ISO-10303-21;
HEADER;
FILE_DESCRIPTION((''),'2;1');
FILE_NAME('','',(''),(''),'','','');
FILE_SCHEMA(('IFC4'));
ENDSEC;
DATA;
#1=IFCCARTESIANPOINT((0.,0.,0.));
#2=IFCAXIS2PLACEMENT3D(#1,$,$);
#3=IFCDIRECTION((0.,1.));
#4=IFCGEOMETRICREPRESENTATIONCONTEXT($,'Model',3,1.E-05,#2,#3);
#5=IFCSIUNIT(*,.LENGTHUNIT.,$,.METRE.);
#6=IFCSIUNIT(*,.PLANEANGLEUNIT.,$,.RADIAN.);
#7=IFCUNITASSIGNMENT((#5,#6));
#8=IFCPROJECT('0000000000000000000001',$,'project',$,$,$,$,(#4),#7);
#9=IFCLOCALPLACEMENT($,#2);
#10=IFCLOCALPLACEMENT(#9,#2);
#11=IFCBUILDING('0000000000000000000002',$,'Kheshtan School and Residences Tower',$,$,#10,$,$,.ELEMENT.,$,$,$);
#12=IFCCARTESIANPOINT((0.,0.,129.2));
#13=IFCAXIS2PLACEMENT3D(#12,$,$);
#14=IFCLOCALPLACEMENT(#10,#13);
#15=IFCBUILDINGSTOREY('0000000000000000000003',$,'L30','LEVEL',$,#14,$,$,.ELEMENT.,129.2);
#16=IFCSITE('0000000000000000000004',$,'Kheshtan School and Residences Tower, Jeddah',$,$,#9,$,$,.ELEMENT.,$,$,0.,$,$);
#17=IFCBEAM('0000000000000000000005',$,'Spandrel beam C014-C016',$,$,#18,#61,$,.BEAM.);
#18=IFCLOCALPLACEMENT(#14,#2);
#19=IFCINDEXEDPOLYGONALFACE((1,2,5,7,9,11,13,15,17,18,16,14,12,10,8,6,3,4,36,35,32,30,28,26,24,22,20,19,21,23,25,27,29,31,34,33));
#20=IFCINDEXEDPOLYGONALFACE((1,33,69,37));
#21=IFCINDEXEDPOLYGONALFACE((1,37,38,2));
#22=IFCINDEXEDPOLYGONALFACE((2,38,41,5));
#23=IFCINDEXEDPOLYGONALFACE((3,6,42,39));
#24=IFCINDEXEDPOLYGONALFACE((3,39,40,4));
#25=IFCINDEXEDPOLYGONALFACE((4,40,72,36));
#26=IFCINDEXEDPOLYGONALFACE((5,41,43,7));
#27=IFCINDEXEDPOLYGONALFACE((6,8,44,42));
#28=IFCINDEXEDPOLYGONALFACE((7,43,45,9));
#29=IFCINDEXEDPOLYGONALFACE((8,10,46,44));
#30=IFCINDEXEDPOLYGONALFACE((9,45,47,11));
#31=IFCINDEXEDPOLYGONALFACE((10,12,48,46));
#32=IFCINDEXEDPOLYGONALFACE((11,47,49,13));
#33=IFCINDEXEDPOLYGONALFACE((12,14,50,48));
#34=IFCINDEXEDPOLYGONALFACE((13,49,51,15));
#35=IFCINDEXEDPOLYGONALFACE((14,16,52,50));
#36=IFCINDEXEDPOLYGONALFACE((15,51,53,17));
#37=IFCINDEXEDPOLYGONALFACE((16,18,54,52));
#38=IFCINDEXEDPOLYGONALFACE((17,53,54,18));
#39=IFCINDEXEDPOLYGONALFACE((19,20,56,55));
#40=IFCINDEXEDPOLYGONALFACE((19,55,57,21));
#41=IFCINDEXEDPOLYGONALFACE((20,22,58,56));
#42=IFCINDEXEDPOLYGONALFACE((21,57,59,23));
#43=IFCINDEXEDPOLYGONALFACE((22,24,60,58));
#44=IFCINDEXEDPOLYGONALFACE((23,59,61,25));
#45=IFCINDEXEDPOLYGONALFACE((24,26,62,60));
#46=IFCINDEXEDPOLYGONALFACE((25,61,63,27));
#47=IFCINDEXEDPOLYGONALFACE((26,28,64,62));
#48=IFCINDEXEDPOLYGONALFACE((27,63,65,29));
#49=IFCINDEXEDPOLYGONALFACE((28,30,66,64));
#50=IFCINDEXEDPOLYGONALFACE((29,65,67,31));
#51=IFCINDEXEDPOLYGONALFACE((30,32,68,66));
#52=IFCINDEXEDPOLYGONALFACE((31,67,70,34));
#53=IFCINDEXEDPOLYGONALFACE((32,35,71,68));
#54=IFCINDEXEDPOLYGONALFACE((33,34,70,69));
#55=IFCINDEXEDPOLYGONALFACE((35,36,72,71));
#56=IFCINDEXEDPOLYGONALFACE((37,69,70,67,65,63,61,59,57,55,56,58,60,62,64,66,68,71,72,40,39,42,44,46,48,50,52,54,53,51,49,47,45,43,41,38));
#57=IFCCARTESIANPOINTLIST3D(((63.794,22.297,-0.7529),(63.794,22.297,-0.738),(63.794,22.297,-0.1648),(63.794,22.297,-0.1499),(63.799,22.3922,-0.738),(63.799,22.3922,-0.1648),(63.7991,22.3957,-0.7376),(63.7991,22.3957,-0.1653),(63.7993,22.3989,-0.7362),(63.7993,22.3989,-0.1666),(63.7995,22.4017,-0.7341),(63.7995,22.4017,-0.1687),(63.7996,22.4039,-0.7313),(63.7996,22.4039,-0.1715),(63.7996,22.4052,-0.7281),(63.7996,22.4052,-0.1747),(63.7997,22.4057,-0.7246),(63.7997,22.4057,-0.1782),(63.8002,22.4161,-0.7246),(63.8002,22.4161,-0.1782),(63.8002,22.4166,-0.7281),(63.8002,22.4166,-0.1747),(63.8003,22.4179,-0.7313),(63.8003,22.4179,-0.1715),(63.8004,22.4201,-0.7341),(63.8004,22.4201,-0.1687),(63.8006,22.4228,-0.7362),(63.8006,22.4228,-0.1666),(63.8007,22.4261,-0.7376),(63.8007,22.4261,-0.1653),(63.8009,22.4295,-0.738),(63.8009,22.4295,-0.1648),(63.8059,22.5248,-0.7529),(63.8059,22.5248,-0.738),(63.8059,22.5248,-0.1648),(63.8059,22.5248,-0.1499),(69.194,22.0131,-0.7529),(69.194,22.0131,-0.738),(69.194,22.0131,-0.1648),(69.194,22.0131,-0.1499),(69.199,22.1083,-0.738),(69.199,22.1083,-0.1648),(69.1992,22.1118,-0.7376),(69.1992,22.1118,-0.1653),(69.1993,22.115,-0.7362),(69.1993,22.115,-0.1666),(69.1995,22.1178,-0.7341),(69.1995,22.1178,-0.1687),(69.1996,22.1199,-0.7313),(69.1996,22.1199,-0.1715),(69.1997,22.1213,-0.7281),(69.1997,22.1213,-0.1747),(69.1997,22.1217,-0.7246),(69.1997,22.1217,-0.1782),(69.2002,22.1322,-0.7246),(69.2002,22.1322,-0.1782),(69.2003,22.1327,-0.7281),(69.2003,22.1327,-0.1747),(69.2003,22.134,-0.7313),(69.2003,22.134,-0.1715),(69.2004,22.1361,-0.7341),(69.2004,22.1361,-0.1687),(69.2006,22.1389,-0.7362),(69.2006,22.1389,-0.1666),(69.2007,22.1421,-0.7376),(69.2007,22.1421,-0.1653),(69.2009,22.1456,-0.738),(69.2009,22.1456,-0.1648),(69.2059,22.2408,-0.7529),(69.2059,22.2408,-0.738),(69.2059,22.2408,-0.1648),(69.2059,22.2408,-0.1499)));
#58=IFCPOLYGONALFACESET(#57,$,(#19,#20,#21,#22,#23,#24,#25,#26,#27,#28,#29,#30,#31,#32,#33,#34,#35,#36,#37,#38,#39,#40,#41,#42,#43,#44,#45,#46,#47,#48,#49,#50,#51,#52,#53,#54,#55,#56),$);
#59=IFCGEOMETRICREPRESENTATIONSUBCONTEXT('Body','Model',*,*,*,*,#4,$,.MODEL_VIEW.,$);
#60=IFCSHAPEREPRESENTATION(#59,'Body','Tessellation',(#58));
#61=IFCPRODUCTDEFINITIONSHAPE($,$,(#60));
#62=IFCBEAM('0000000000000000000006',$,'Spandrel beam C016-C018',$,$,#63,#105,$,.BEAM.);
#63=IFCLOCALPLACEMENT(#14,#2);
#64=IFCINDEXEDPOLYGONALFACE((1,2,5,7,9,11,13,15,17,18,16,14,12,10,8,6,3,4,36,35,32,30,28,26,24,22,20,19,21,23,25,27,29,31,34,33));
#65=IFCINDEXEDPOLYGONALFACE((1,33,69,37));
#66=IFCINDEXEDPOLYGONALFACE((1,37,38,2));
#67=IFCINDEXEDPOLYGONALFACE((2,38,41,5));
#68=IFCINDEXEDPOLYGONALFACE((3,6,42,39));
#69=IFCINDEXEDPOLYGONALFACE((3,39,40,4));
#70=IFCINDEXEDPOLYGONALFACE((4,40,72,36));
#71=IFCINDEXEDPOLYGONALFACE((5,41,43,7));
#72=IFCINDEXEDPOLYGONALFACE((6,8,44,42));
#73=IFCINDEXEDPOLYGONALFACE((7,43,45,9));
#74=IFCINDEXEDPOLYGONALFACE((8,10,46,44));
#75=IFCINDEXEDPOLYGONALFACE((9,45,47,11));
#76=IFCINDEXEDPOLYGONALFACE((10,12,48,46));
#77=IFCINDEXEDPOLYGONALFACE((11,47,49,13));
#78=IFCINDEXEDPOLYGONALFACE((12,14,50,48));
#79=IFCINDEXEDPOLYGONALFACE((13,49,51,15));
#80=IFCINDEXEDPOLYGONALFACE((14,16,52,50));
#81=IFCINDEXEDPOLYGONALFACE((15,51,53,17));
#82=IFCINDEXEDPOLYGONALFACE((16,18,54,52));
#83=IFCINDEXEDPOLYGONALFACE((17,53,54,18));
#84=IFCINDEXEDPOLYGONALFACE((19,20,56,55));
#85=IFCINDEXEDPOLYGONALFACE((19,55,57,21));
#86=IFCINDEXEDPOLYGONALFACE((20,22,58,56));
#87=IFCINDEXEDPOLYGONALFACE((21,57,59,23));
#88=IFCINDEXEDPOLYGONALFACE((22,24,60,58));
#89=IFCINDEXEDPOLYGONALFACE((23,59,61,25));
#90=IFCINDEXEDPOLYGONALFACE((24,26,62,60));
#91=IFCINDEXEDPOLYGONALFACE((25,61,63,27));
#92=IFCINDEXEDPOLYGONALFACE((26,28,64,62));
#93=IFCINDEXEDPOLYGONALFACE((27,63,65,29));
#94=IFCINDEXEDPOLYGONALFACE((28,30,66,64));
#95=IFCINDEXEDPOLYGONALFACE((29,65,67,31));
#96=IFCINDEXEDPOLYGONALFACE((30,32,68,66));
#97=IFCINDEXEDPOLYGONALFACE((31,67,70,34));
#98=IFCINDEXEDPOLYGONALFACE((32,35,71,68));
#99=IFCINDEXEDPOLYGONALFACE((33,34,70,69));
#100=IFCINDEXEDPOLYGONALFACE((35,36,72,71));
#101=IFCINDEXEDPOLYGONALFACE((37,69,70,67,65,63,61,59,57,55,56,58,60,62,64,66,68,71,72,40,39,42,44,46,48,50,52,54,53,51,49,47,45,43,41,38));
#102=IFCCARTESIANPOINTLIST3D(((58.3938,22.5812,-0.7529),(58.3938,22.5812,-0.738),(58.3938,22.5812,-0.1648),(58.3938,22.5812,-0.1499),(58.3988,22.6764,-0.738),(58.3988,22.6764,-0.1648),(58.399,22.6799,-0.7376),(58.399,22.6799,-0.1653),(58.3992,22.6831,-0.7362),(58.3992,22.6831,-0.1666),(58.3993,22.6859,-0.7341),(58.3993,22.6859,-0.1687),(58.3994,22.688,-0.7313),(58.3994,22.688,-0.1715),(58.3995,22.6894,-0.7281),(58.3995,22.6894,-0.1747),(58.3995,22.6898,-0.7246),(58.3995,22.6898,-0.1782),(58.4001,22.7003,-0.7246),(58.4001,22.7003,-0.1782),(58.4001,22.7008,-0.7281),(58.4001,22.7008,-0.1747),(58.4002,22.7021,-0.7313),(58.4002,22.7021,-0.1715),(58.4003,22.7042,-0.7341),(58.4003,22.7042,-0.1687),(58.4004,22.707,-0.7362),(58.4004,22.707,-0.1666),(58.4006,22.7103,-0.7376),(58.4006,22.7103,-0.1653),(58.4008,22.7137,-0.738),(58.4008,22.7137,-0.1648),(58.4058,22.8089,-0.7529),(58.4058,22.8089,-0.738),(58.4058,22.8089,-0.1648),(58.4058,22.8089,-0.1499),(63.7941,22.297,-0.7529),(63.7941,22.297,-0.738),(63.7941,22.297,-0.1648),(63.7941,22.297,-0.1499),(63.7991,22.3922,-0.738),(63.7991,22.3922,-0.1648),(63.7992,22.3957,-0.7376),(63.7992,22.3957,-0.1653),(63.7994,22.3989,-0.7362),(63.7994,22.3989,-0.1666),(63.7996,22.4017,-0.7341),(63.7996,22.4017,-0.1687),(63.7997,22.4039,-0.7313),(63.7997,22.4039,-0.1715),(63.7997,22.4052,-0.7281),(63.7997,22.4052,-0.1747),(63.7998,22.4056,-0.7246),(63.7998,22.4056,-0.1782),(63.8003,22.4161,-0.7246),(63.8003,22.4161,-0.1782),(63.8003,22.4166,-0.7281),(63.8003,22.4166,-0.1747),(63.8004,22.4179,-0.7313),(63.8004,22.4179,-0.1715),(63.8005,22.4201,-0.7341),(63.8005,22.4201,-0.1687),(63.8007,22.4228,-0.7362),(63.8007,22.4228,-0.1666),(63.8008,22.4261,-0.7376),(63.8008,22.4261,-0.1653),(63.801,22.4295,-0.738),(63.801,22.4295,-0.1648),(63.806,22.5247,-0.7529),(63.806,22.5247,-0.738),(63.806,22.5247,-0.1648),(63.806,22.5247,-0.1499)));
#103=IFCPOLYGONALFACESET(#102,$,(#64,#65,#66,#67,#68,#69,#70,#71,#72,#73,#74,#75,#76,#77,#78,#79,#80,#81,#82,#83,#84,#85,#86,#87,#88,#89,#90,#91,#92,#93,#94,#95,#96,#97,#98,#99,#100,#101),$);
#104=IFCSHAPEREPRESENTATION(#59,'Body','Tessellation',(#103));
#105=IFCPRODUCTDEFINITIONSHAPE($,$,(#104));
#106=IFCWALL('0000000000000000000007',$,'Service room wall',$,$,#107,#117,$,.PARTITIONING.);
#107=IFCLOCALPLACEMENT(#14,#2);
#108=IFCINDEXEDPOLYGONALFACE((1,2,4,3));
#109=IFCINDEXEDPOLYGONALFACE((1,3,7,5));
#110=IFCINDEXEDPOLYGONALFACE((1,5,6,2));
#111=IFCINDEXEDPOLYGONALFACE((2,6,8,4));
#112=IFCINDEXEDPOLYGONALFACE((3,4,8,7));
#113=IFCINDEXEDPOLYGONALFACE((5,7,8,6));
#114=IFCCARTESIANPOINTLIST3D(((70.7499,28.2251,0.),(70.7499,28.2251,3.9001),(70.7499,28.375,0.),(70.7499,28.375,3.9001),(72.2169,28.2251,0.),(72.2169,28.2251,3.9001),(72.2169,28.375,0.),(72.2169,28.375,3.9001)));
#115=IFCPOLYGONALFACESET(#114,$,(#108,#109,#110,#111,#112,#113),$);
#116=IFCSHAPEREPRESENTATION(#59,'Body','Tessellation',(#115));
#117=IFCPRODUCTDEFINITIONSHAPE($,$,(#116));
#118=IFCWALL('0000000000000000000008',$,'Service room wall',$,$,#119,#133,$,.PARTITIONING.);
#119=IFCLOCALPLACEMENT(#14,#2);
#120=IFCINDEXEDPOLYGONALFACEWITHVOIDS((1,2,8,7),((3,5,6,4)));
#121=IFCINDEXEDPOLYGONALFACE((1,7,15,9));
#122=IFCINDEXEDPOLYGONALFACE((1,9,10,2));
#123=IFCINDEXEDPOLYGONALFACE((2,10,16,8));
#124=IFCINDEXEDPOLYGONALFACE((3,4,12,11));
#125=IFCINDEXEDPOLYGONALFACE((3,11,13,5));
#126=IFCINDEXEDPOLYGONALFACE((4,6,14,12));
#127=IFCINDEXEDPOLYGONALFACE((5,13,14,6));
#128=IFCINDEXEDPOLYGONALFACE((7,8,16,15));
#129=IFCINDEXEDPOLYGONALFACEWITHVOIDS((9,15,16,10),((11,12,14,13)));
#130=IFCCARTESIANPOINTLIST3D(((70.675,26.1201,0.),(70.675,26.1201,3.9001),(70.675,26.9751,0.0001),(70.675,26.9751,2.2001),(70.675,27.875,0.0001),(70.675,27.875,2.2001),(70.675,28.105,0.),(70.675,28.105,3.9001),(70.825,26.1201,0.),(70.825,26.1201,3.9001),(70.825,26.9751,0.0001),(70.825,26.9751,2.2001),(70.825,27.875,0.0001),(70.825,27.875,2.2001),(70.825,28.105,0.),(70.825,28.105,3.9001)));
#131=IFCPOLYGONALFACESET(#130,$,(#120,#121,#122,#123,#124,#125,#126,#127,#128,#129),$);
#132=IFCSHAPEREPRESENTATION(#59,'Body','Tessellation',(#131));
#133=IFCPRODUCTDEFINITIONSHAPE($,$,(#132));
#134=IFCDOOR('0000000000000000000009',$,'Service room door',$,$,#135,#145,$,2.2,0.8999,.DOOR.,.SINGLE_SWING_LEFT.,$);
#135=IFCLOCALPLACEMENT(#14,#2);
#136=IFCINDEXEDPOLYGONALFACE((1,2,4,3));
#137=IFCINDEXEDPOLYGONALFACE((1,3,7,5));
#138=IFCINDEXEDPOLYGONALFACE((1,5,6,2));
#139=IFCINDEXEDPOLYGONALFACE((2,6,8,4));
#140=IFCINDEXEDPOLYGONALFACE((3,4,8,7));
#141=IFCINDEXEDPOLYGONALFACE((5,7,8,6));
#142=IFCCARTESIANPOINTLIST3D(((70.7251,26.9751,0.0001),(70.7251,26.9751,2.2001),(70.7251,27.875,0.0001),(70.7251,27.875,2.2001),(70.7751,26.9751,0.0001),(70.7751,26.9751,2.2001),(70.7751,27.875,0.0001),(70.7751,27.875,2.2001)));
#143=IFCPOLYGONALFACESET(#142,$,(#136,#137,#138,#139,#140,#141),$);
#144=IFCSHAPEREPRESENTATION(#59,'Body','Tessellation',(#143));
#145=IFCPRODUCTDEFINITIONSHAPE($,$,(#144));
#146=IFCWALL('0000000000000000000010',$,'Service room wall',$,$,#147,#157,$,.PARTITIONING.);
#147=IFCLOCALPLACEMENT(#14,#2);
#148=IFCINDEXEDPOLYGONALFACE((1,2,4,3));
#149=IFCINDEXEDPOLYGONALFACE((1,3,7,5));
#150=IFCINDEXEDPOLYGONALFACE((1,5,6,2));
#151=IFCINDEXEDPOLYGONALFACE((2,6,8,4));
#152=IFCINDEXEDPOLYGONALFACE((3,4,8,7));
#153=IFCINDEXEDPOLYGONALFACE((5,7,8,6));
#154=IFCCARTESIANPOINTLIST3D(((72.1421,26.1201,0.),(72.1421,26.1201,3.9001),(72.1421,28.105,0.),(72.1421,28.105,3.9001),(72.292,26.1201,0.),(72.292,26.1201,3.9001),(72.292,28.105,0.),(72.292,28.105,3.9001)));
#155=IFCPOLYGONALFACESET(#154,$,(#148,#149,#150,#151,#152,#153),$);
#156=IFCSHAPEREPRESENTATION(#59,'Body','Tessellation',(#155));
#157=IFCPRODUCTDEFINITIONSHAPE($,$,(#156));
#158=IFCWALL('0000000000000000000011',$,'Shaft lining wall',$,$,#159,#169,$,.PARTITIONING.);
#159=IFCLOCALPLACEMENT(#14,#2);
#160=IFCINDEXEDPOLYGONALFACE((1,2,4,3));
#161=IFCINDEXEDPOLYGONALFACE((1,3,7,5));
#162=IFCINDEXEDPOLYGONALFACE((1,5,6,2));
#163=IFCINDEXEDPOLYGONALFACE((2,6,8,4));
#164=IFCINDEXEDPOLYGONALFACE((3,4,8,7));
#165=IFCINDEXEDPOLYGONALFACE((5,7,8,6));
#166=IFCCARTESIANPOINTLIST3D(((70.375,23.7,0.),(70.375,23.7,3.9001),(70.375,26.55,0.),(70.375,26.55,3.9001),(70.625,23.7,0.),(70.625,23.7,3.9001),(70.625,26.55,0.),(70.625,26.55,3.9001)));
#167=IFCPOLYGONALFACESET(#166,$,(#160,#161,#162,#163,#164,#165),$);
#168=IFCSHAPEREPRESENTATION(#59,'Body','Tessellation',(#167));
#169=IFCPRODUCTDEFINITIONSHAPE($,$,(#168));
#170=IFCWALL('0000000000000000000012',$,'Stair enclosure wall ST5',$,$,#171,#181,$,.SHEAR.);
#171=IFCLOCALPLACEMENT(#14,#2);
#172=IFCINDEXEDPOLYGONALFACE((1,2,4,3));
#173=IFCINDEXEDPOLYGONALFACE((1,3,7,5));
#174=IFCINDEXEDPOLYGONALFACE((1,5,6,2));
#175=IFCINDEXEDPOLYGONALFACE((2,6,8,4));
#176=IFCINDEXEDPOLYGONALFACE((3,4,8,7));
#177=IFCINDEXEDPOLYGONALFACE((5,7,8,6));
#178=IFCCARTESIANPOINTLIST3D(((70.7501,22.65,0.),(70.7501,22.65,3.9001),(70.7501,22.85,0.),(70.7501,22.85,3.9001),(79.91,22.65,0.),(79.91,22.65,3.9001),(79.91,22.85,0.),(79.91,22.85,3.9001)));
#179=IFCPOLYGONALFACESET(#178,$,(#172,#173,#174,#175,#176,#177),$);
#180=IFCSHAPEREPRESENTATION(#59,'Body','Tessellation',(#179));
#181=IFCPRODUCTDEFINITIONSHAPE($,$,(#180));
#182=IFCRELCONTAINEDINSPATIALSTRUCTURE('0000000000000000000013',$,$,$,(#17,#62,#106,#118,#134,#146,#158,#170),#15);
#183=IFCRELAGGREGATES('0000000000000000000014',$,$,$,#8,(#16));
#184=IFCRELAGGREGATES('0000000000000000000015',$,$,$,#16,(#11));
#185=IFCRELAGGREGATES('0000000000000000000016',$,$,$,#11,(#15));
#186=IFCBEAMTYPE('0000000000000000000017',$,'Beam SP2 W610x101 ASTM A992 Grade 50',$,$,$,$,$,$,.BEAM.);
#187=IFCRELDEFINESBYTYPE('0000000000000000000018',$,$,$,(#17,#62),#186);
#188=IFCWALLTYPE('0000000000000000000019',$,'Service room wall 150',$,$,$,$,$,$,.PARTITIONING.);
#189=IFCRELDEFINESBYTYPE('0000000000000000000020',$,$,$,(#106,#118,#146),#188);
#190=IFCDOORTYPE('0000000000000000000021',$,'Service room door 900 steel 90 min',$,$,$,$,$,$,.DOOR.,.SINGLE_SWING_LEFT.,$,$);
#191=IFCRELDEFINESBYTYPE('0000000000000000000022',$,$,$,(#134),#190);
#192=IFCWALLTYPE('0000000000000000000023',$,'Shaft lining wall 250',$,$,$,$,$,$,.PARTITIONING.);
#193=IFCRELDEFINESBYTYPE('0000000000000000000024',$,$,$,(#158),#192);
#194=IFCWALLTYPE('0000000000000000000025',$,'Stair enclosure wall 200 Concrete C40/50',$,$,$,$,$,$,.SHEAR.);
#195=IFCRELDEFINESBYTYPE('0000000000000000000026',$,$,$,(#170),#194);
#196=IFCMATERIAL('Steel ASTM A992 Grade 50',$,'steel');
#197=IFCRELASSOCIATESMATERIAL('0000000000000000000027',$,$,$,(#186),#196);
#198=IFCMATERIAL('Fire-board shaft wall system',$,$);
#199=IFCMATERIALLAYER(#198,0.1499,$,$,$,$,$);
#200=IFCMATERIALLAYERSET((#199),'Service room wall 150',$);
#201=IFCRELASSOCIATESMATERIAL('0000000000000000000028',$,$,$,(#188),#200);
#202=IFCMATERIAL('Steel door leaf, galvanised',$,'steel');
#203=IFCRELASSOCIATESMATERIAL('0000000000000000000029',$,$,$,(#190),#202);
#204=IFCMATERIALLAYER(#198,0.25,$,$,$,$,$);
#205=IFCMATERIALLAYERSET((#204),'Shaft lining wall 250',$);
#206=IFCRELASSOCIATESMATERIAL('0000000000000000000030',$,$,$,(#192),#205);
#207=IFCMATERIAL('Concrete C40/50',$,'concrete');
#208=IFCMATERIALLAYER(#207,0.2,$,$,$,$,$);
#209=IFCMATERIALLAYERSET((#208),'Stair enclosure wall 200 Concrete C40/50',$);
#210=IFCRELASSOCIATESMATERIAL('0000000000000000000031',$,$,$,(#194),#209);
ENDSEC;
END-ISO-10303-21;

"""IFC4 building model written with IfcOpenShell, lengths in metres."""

from ifc_helpers import new_model, si_unit, direction, frame, frame_2d, origin, origin_2d, place, context, subcontext, project, spatial, rectangle, i_section, extrude, source, transform, mapped, material, layer, layer_set, material_profile, profile_set, type_object, element, fill, save


model = new_model("IFC4")

# Units and contexts
model_context = context("Model", 3, precision=1e-05, world=origin(), true_north=direction((0.0, 1.0)))
body_context = subcontext(model_context, "Body", "Model", "MODEL_VIEW")
ifc_project = project(units=[si_unit("LENGTHUNIT", "METRE"), si_unit("PLANEANGLEUNIT", "RADIAN")], contexts=[model_context])

# Site, building, storey
site_placement = place(None, origin())
site = spatial("IfcSite", under=ifc_project, at=site_placement, Name="Kheshtan School and Residences Tower, Jeddah", CompositionType="ELEMENT", RefElevation=0.0)
building_placement = place(site_placement, origin())
building = spatial("IfcBuilding", under=site, at=building_placement, Name="Kheshtan School and Residences Tower", CompositionType="ELEMENT")
storey_placement = place(building_placement, frame((0.0, 0.0, 129.2)))
storey = spatial("IfcBuildingStorey", under=building, at=storey_placement, Name="L30", Description="LEVEL", CompositionType="ELEMENT", Elevation=129.2)

# Shared definitions
ifc_material_1 = material(Name="Steel ASTM A992 Grade 50", Category="steel")

# Beams
ifc_material_profile_1 = material_profile(ifc_material_1, i_section(OverallWidth=0.228, OverallDepth=0.603, WebThickness=0.0105, FlangeThickness=0.0149, FilletRadius=0.0134, at=origin_2d()), Name="W610x101")
ifc_profile_set_1 = profile_set([ifc_material_profile_1], Name="Steel ASTM A992 Grade 50")
beam_type_1 = type_object("IfcBeamType", Name="Beam SP2 W610x101 ASTM A992 Grade 50", PredefinedType="BEAM", material=ifc_profile_set_1)
beam_1_placement = place(storey_placement, frame((69.2, 22.127, -0.4514), z_axis=(-0.99862, 0.052509, 0.0), x_axis=(-0.052509, -0.99862, 0.0)))
element("IfcBeam", 1, at=beam_1_placement, inside=storey, type_object=beam_type_1, Name="Spandrel beam C014-C016", PredefinedType="BEAM", context=body_context, shape_type="SweptSolid", body=[
    extrude(i_section(OverallWidth=0.228, OverallDepth=0.603, WebThickness=0.0105, FlangeThickness=0.0149, FilletRadius=0.0134, at=origin_2d()), origin(), (0.0, 0.0, 1.0), 5.4075),
])
beam_2_placement = place(storey_placement, frame((63.8, 22.4109, -0.4514), z_axis=(-0.998618, 0.052552, 0.0), x_axis=(-0.052552, -0.998618, 0.0)))
element("IfcBeam", 2, at=beam_2_placement, inside=storey, type_object=beam_type_1, Name="Spandrel beam C016-C018", PredefinedType="BEAM", context=body_context, shape_type="SweptSolid", body=[
    extrude(i_section(OverallWidth=0.228, OverallDepth=0.603, WebThickness=0.0105, FlangeThickness=0.0149, FilletRadius=0.0134, at=origin_2d()), origin(), (0.0, 0.0, 1.0), 5.4077),
])

# Wall
ifc_material_2 = material(Name="Fire-board shaft wall system")
ifc_layer_1 = layer(ifc_material_2, 0.1499)
ifc_layer_set_1 = layer_set([ifc_layer_1], Name="Service room wall 150")
wall_type_1 = type_object("IfcWallType", Name="Service room wall 150", PredefinedType="PARTITIONING", material=ifc_layer_set_1)
wall_1_placement = place(storey_placement, frame((70.75, 28.3, 0.0), z_axis=(0.0, 0.0, 1.0), x_axis=(1.0, 0.0, 0.0)))
element("IfcWall", 3, at=wall_1_placement, inside=storey, type_object=wall_type_1, Name="Service room wall", PredefinedType="PARTITIONING", context=body_context, shape_type="SweptSolid", body=[
    extrude(rectangle(XDim=1.467, YDim=0.1499, at=frame_2d((0.7334, 0.0))), origin(), (0.0, 0.0, 1.0), 3.9001),
])

# Wall, opening, door
wall_2_placement = place(storey_placement, frame((70.75, 26.1201, 0.0), z_axis=(0.0, 0.0, 1.0), x_axis=(0.0, 1.0, 0.0)))
wall_2 = element("IfcWall", 4, at=wall_2_placement, inside=storey, type_object=wall_type_1, Name="Service room wall", PredefinedType="PARTITIONING", context=body_context, shape_type="SweptSolid", body=[
    extrude(rectangle(XDim=1.9849, YDim=0.1499, at=frame_2d((0.9924, 0.0))), origin(), (0.0, 0.0, 1.0), 3.9001),
])
opening_1_placement = place(wall_2_placement, frame((0.855, 0.0, 0.0)))
opening_1 = element("IfcOpeningElement", 5, at=opening_1_placement, cuts=wall_2, PredefinedType="OPENING", context=body_context, shape_type="SweptSolid", body=[
    extrude(rectangle(XDim=0.8999, YDim=2.2, at=frame_2d((0.45, 1.1001))), frame((0.0, 0.085, 0.0), z_axis=(0.0, -1.0, 0.0), x_axis=(1.0, 0.0, 0.0)), (0.0, 0.0, 1.0), 0.1699),
])
ifc_material_3 = material(Name="Steel door leaf, galvanised", Category="steel")
door_type_1 = type_object("IfcDoorType", Name="Service room door 900 steel 90 min", OperationType="SINGLE_SWING_LEFT", PredefinedType="DOOR", material=ifc_material_3)
shared_shape_1 = source(origin(), body_context, "Body", "SweptSolid", [
    extrude(rectangle(XDim=0.8999, YDim=2.2, at=frame_2d((0.45, 1.1001))), frame((0.0, 0.0249, 0.0), z_axis=(0.0, -1.0, 0.0), x_axis=(1.0, 0.0, 0.0)), (0.0, 0.0, 1.0), 0.05),
])
door_1_placement = place(opening_1_placement, origin())
door_1 = element("IfcDoor", 6, at=door_1_placement, inside=storey, type_object=door_type_1, Name="Service room door", OperationType="SINGLE_SWING_LEFT", OverallHeight=2.2, OverallWidth=0.8999, PredefinedType="DOOR", context=body_context, shape_type="MappedRepresentation", body=[
    mapped(shared_shape_1, transform((0.0, 0.0, 0.0), x_axis=(1.0, 0.0, 0.0), y_axis=(0.0, 1.0, 0.0), z_axis=(0.0, 0.0, 1.0), scale=1.0)),
])
fill(opening_1, door_1)

# Walls
wall_3_placement = place(storey_placement, frame((72.217, 26.1201, 0.0), z_axis=(0.0, 0.0, 1.0), x_axis=(0.0, 1.0, 0.0)))
element("IfcWall", 7, at=wall_3_placement, inside=storey, type_object=wall_type_1, Name="Service room wall", PredefinedType="PARTITIONING", context=body_context, shape_type="SweptSolid", body=[
    extrude(rectangle(XDim=1.9849, YDim=0.1499, at=frame_2d((0.9924, 0.0))), origin(), (0.0, 0.0, 1.0), 3.9001),
])
ifc_layer_2 = layer(ifc_material_2, 0.25)
ifc_layer_set_2 = layer_set([ifc_layer_2], Name="Shaft lining wall 250")
wall_type_2 = type_object("IfcWallType", Name="Shaft lining wall 250", PredefinedType="PARTITIONING", material=ifc_layer_set_2)
wall_4_placement = place(storey_placement, frame((70.5, 23.7, 0.0), z_axis=(0.0, 0.0, 1.0), x_axis=(0.0, 1.0, 0.0)))
element("IfcWall", 8, at=wall_4_placement, inside=storey, type_object=wall_type_2, Name="Shaft lining wall", PredefinedType="PARTITIONING", context=body_context, shape_type="SweptSolid", body=[
    extrude(rectangle(XDim=2.8501, YDim=0.25, at=frame_2d((1.425, 0.0))), origin(), (0.0, 0.0, 1.0), 3.9001),
])
ifc_material_4 = material(Name="Concrete C40/50", Category="concrete")
ifc_layer_3 = layer(ifc_material_4, 0.2)
ifc_layer_set_3 = layer_set([ifc_layer_3], Name="Stair enclosure wall 200 Concrete C40/50")
wall_type_3 = type_object("IfcWallType", Name="Stair enclosure wall 200 Concrete C40/50", PredefinedType="SHEAR", material=ifc_layer_set_3)
wall_5_placement = place(storey_placement, frame((70.75, 22.75, 0.0), z_axis=(0.0, 0.0, 1.0), x_axis=(1.0, 0.0, 0.0)))
element("IfcWall", 9, at=wall_5_placement, inside=storey, type_object=wall_type_3, Name="Stair enclosure wall ST5", PredefinedType="SHEAR", context=body_context, shape_type="SweptSolid", body=[
    extrude(rectangle(XDim=9.1599, YDim=0.2, at=frame_2d((4.5801, 0.0))), origin(), (0.0, 0.0, 1.0), 3.9001),
])

save(model, "model.ifc")
